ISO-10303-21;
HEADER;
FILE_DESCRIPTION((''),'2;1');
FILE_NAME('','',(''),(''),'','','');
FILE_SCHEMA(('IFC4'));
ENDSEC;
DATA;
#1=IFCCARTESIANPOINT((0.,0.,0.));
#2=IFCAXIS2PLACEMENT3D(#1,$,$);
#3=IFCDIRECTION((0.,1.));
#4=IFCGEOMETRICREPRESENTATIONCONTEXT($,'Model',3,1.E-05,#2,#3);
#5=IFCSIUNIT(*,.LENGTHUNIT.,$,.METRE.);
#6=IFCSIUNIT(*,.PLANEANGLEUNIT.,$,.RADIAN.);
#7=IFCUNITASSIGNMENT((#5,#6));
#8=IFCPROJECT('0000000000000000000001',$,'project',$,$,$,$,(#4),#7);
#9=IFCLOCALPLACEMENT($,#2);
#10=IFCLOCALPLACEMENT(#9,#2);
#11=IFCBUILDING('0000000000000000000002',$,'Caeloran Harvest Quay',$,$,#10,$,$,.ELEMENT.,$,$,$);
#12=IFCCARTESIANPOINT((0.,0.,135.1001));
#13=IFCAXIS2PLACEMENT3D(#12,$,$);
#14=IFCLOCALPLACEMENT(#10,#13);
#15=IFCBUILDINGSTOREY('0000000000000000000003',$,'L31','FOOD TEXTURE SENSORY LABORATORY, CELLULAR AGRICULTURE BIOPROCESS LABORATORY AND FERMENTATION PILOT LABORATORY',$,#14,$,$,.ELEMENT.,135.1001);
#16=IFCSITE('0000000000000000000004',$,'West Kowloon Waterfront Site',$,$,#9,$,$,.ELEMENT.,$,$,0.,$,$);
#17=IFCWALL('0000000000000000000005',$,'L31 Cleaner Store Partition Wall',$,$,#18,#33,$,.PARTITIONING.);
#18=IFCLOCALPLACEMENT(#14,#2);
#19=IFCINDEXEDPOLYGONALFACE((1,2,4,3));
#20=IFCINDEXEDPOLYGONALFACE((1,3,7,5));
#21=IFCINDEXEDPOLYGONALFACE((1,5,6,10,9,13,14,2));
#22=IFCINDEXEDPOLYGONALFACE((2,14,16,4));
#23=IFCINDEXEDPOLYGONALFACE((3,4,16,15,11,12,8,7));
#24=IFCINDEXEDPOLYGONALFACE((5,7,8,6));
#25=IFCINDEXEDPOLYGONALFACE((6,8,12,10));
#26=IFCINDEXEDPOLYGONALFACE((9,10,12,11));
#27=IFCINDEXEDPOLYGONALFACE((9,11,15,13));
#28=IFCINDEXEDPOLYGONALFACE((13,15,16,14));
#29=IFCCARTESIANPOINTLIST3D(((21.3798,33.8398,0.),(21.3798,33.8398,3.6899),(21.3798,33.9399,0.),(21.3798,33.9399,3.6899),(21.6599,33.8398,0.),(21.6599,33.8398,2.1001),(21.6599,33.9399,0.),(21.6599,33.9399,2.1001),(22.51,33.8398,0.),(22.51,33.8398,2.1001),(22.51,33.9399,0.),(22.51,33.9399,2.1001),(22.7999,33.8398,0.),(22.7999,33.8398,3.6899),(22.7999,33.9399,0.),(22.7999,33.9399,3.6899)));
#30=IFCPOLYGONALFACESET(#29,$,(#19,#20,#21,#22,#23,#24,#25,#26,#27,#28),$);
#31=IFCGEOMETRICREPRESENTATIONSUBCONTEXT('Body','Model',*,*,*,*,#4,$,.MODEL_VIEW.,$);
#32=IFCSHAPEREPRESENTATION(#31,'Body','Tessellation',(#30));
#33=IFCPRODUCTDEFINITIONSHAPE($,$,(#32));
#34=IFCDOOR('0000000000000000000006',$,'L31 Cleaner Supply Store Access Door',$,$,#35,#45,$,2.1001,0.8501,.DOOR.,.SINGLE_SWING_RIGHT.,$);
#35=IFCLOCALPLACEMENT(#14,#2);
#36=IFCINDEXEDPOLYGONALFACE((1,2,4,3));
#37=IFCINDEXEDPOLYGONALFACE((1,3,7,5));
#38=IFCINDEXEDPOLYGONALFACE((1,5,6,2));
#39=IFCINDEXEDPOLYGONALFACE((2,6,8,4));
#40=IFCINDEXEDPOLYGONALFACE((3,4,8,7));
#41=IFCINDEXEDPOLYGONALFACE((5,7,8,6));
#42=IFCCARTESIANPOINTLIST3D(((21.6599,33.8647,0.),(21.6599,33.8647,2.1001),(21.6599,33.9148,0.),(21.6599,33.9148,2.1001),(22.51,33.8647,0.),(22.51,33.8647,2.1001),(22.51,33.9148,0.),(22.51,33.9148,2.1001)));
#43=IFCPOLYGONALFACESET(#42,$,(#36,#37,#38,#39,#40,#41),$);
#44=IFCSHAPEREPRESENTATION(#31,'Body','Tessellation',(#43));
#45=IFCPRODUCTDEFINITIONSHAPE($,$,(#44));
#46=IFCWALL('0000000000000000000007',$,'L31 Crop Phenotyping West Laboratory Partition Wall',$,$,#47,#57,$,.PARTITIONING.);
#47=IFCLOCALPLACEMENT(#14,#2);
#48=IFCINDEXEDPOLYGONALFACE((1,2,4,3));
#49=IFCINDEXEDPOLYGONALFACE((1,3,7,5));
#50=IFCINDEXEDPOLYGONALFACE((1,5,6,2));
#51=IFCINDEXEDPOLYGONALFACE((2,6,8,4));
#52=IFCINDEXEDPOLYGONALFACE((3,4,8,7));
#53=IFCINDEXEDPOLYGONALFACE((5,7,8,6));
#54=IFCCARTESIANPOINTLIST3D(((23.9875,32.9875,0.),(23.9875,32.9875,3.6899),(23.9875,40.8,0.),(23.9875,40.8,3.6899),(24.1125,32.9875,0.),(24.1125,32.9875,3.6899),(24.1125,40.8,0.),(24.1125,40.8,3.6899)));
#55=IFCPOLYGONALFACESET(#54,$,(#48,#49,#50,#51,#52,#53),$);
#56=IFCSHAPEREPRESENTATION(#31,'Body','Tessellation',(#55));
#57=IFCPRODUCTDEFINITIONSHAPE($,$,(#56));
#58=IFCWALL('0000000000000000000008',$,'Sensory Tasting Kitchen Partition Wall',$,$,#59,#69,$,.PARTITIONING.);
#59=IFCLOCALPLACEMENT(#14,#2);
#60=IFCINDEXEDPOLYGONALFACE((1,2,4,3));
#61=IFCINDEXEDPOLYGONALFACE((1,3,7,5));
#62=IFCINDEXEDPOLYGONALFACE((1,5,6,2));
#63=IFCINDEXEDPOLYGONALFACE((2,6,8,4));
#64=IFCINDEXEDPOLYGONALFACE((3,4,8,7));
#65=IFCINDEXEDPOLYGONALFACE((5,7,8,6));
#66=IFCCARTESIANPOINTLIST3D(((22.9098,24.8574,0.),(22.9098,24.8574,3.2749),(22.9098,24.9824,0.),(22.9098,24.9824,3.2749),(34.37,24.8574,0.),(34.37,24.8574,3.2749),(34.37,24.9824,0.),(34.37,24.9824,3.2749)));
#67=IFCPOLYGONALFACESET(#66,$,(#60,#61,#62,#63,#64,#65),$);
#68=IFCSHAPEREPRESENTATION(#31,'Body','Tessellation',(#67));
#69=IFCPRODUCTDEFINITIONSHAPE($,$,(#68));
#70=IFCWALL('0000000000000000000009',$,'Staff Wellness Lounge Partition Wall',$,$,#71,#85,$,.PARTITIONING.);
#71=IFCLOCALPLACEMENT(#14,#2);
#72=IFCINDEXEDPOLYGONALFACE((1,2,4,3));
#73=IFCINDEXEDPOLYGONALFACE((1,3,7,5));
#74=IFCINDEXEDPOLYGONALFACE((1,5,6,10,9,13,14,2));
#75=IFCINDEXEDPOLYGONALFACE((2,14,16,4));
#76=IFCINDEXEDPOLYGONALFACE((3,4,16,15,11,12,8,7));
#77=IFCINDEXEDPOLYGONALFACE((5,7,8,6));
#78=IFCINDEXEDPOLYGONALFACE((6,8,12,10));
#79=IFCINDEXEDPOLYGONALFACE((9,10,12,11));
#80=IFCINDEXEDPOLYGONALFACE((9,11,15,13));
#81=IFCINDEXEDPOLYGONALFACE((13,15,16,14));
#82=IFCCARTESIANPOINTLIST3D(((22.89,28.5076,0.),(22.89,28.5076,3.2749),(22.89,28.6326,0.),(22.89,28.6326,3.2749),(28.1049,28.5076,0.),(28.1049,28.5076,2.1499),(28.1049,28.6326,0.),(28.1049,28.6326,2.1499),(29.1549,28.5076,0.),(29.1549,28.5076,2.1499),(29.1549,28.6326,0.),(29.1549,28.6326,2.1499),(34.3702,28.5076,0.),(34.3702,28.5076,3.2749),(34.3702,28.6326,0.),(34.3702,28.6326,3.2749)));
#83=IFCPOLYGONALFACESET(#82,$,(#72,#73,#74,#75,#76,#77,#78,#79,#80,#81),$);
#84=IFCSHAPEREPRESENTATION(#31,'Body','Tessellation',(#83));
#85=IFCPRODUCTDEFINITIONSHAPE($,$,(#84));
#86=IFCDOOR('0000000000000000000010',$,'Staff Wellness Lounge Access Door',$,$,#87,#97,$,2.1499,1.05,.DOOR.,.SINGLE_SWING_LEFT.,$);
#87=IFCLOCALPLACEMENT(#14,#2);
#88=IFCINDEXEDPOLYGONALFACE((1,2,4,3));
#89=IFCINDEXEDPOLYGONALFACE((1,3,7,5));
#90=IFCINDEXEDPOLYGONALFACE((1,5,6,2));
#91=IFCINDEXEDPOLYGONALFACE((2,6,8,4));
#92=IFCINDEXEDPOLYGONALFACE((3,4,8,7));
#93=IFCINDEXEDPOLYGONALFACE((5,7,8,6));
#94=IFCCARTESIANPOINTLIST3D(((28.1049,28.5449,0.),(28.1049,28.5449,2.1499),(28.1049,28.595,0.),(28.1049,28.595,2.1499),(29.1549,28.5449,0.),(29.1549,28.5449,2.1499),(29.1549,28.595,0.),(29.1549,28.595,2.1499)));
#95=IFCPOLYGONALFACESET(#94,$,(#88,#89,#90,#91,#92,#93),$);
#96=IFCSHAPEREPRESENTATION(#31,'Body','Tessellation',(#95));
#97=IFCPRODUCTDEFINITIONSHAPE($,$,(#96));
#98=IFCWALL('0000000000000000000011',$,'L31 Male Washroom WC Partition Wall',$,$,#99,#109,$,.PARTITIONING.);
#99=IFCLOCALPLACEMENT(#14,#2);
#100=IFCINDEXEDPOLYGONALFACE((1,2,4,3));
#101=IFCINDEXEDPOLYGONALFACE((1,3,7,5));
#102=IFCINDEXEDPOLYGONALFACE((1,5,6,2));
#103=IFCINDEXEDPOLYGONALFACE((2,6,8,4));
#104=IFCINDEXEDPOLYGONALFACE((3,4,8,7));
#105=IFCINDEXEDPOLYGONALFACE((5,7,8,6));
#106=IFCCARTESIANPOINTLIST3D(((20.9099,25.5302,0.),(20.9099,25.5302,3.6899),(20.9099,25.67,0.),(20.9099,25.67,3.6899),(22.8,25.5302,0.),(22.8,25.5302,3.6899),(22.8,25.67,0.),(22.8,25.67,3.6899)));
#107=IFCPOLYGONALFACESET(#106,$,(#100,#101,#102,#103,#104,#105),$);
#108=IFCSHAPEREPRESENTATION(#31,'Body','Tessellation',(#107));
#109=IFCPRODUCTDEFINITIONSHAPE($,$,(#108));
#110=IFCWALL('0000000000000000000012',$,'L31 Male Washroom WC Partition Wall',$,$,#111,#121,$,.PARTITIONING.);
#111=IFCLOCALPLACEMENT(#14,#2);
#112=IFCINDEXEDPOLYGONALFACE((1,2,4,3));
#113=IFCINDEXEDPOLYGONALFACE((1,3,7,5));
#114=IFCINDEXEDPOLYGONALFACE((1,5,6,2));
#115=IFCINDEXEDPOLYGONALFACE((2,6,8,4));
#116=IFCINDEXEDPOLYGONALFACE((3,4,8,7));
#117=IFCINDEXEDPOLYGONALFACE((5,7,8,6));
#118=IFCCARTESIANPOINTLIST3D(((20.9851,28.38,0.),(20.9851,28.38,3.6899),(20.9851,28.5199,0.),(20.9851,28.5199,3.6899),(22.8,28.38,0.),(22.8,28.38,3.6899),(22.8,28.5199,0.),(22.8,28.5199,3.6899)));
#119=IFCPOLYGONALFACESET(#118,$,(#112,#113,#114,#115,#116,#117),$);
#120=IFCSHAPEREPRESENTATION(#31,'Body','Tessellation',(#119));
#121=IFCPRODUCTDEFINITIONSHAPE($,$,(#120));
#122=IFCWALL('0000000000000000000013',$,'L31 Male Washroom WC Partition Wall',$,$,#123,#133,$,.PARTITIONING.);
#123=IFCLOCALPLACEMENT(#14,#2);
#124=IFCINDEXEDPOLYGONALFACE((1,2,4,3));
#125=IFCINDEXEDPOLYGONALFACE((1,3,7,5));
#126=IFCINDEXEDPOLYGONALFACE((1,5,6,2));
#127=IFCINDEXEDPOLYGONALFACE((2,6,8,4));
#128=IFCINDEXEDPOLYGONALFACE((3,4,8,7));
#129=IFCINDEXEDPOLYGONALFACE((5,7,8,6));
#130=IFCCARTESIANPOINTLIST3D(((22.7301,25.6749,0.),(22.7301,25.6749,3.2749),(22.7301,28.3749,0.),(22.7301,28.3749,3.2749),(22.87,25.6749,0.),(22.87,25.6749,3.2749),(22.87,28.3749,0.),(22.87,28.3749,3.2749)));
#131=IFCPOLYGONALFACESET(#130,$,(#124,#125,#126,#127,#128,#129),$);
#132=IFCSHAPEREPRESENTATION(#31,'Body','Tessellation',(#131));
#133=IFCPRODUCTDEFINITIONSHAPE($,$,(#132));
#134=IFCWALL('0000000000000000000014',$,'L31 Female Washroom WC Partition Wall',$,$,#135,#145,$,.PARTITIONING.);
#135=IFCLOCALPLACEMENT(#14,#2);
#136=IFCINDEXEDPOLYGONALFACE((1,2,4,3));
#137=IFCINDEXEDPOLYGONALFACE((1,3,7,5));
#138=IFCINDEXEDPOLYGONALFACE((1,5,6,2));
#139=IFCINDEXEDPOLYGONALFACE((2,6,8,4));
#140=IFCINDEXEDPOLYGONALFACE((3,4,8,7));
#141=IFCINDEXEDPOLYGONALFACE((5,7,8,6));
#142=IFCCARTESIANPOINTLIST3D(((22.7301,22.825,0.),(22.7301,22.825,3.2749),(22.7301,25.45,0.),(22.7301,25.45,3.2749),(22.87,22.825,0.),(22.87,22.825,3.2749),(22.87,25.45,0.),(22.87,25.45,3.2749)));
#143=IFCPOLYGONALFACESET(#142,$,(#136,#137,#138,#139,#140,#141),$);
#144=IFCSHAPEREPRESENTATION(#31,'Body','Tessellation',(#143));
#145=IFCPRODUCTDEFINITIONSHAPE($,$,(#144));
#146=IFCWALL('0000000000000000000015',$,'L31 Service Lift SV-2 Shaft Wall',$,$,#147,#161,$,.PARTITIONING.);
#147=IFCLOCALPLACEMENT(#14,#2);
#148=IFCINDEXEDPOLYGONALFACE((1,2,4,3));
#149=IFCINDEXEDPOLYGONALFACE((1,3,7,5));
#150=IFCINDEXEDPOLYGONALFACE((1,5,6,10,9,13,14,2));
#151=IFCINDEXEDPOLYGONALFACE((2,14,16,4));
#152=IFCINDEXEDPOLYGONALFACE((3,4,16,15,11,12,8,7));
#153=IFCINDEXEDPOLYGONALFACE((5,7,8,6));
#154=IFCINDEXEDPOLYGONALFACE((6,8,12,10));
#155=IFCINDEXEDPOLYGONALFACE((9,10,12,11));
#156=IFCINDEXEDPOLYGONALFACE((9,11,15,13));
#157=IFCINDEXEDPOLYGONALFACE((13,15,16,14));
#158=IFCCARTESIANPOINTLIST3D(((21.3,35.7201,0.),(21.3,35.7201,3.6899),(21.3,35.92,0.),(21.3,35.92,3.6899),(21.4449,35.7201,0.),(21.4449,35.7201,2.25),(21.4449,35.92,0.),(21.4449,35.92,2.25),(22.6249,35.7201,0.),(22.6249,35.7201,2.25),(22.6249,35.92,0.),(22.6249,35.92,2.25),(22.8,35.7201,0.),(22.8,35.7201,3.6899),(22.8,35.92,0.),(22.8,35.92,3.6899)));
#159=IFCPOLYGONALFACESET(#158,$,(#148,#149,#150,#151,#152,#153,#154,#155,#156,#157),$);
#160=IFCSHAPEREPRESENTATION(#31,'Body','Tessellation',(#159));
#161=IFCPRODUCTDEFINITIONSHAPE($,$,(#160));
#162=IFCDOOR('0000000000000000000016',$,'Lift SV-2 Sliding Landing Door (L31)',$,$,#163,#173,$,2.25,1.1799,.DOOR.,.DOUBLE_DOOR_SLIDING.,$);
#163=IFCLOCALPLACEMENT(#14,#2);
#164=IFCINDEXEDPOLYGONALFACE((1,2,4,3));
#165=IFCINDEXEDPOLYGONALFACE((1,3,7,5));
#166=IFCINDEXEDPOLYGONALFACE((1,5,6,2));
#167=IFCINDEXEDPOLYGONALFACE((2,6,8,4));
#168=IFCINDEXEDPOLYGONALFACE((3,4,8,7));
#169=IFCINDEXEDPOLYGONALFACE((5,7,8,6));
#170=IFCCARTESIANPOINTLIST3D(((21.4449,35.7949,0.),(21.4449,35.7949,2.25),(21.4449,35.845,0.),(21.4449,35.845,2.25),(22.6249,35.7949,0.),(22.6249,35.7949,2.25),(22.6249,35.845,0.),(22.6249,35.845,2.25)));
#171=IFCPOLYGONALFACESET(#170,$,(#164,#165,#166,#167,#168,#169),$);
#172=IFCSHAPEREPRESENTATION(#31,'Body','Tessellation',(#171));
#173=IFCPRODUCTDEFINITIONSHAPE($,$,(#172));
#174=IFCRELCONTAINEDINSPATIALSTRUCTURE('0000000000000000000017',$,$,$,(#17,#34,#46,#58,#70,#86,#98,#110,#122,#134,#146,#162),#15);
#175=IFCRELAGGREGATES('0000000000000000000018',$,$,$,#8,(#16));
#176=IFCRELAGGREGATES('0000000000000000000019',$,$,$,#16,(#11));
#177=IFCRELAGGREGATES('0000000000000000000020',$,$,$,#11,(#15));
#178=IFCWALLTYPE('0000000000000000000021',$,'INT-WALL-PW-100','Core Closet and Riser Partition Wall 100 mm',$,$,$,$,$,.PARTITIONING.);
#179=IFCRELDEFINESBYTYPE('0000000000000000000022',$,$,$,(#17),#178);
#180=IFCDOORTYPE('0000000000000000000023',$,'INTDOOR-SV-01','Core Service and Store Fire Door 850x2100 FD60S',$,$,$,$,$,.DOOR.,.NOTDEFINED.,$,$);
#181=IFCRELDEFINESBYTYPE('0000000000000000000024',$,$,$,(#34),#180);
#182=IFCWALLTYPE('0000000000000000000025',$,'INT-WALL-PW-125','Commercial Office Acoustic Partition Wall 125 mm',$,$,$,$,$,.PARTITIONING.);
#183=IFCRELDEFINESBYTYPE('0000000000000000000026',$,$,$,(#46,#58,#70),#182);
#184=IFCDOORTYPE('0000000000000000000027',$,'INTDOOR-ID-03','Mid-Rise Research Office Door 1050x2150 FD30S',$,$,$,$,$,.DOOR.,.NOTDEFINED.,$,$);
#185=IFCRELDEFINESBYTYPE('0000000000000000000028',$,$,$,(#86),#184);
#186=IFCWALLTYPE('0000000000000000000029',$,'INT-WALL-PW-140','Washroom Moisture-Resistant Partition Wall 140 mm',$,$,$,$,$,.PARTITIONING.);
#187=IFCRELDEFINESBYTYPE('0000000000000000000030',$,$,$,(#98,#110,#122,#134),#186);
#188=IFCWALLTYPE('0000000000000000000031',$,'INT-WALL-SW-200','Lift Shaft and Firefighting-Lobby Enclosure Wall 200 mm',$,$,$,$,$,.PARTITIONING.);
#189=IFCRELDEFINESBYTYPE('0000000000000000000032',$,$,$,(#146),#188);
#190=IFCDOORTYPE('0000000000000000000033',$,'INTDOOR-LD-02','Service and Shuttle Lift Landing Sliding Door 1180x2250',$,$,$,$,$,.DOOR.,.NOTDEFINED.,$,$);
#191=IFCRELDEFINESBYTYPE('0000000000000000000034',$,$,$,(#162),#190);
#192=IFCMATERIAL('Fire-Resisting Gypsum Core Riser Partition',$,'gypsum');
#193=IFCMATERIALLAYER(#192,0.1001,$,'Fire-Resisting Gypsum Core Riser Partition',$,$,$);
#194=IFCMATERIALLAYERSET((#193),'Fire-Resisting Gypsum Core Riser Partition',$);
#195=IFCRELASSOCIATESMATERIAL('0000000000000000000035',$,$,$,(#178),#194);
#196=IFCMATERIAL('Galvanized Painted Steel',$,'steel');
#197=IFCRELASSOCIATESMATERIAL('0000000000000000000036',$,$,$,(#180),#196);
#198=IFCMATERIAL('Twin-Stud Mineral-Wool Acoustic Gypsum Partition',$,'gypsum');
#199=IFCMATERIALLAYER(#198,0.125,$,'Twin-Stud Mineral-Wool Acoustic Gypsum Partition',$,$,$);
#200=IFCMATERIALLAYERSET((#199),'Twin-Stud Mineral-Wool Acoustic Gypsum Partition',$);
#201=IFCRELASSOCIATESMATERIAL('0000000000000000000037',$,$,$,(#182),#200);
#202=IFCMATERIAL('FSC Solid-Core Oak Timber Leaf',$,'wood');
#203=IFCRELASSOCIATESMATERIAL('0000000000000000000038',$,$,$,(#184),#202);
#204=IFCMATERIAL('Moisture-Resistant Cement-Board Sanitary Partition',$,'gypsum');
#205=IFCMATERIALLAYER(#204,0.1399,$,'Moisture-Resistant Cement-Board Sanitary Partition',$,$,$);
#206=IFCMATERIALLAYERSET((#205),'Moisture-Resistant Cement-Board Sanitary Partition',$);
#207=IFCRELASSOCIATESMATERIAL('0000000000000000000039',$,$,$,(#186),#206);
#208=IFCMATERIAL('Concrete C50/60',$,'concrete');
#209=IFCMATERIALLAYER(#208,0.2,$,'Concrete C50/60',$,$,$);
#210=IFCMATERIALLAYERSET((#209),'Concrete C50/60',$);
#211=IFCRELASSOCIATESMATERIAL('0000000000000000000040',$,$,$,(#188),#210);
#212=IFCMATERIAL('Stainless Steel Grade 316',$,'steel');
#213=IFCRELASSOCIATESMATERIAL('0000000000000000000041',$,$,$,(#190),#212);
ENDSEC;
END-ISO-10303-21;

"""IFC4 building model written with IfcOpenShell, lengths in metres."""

from ifc_helpers import new_model, si_unit, direction, frame, frame_2d, origin, place, context, subcontext, project, spatial, rectangle, extrude, material, layer, layer_set, type_object, element, fill, save


model = new_model("IFC4")

# Units and contexts
model_context = context("Model", 3, precision=1e-05, world=origin(), true_north=direction((0.0, 1.0)))
body_context = subcontext(model_context, "Body", "Model", "MODEL_VIEW")
ifc_project = project(units=[si_unit("LENGTHUNIT", "METRE"), si_unit("PLANEANGLEUNIT", "RADIAN")], contexts=[model_context])

# Site, building, storey
site_placement = place(None, origin())
site = spatial("IfcSite", under=ifc_project, at=site_placement, Name="West Kowloon Waterfront Site", CompositionType="ELEMENT", RefElevation=0.0)
building_placement = place(site_placement, origin())
building = spatial("IfcBuilding", under=site, at=building_placement, Name="Caeloran Harvest Quay", CompositionType="ELEMENT")
storey_placement = place(building_placement, frame((0.0, 0.0, 135.1001)))
storey = spatial("IfcBuildingStorey", under=building, at=storey_placement, Name="L31", Description="FOOD TEXTURE SENSORY LABORATORY, CELLULAR AGRICULTURE BIOPROCESS LABORATORY AND FERMENTATION PILOT LABORATORY", CompositionType="ELEMENT", Elevation=135.1001)

# Wall, opening, door
ifc_material_1 = material(Name="Fire-Resisting Gypsum Core Riser Partition", Category="gypsum")
ifc_layer_1 = layer(ifc_material_1, 0.1001, Name="Fire-Resisting Gypsum Core Riser Partition")
ifc_layer_set_1 = layer_set([ifc_layer_1], Name="Fire-Resisting Gypsum Core Riser Partition")
wall_type_1 = type_object("IfcWallType", Name="INT-WALL-PW-100", Description="Core Closet and Riser Partition Wall 100 mm", PredefinedType="PARTITIONING", material=ifc_layer_set_1)
wall_1_placement = place(storey_placement, frame((21.3799, 33.8899, 0.0), z_axis=(0.0, 0.0, 1.0), x_axis=(1.0, 0.0, 0.0)))
wall_1 = element("IfcWall", 1, at=wall_1_placement, inside=storey, type_object=wall_type_1, Name="L31 Cleaner Store Partition Wall", PredefinedType="PARTITIONING", context=body_context, shape_type="SweptSolid", body=[
    extrude(rectangle(XDim=1.4202, YDim=0.1001, at=frame_2d((0.71, 0.0))), origin(), (0.0, 0.0, 1.0), 3.6899),
])
opening_1_placement = place(wall_1_placement, frame((0.28, 0.0, 0.0)))
opening_1 = element("IfcOpeningElement", 2, at=opening_1_placement, cuts=wall_1, PredefinedType="OPENING", context=body_context, shape_type="SweptSolid", body=[
    extrude(rectangle(XDim=0.8501, YDim=2.1001, at=frame_2d((0.425, 1.05))), frame((0.0, 0.0601, 0.0), z_axis=(0.0, -1.0, 0.0), x_axis=(1.0, 0.0, 0.0)), (0.0, 0.0, 1.0), 0.1201),
])
ifc_material_2 = material(Name="Galvanized Painted Steel", Category="steel")
door_type_1 = type_object("IfcDoorType", Name="INTDOOR-SV-01", Description="Core Service and Store Fire Door 850x2100 FD60S", OperationType="NOTDEFINED", PredefinedType="DOOR", material=ifc_material_2)
door_1_placement = place(opening_1_placement, origin())
door_1 = element("IfcDoor", 3, at=door_1_placement, inside=storey, type_object=door_type_1, Name="L31 Cleaner Supply Store Access Door", OperationType="SINGLE_SWING_RIGHT", OverallHeight=2.1001, OverallWidth=0.8501, PredefinedType="DOOR", context=body_context, shape_type="SweptSolid", body=[
    extrude(rectangle(XDim=0.8501, YDim=2.1001, at=frame_2d((0.425, 1.05))), frame((0.0, 0.0249, 0.0), z_axis=(0.0, -1.0, 0.0), x_axis=(1.0, 0.0, 0.0)), (0.0, 0.0, 1.0), 0.05),
])
fill(opening_1, door_1)

# Walls
ifc_material_3 = material(Name="Twin-Stud Mineral-Wool Acoustic Gypsum Partition", Category="gypsum")
ifc_layer_2 = layer(ifc_material_3, 0.125, Name="Twin-Stud Mineral-Wool Acoustic Gypsum Partition")
ifc_layer_set_2 = layer_set([ifc_layer_2], Name="Twin-Stud Mineral-Wool Acoustic Gypsum Partition")
wall_type_2 = type_object("IfcWallType", Name="INT-WALL-PW-125", Description="Commercial Office Acoustic Partition Wall 125 mm", PredefinedType="PARTITIONING", material=ifc_layer_set_2)
wall_2_placement = place(storey_placement, frame((24.05, 32.9875, 0.0), z_axis=(0.0, 0.0, 1.0), x_axis=(0.0, 1.0, 0.0)))
element("IfcWall", 4, at=wall_2_placement, inside=storey, type_object=wall_type_2, Name="L31 Crop Phenotyping West Laboratory Partition Wall", PredefinedType="PARTITIONING", context=body_context, shape_type="SweptSolid", body=[
    extrude(rectangle(XDim=7.8125, YDim=0.125, at=frame_2d((3.9062, 0.0))), origin(), (0.0, 0.0, 1.0), 3.6899),
])
wall_3_placement = place(storey_placement, frame((22.9099, 24.9199, 0.0), z_axis=(0.0, 0.0, 1.0), x_axis=(1.0, 0.0, 0.0)))
element("IfcWall", 5, at=wall_3_placement, inside=storey, type_object=wall_type_2, Name="Sensory Tasting Kitchen Partition Wall", PredefinedType="PARTITIONING", context=body_context, shape_type="SweptSolid", body=[
    extrude(rectangle(XDim=11.4602, YDim=0.125, at=frame_2d((5.73, 0.0))), origin(), (0.0, 0.0, 1.0), 3.2749),
])

# Wall, opening, door
wall_4_placement = place(storey_placement, frame((22.8899, 28.5701, 0.0), z_axis=(0.0, 0.0, 1.0), x_axis=(1.0, 0.0, 0.0)))
wall_4 = element("IfcWall", 6, at=wall_4_placement, inside=storey, type_object=wall_type_2, Name="Staff Wellness Lounge Partition Wall", PredefinedType="PARTITIONING", context=body_context, shape_type="SweptSolid", body=[
    extrude(rectangle(XDim=11.4802, YDim=0.125, at=frame_2d((5.7402, 0.0))), origin(), (0.0, 0.0, 1.0), 3.2749),
])
opening_2_placement = place(wall_4_placement, frame((5.2151, 0.0, 0.0)))
opening_2 = element("IfcOpeningElement", 7, at=opening_2_placement, cuts=wall_4, PredefinedType="OPENING", context=body_context, shape_type="SweptSolid", body=[
    extrude(rectangle(XDim=1.05, YDim=2.1499, at=frame_2d((0.5249, 1.075))), frame((0.0, 0.0725, 0.0), z_axis=(0.0, -1.0, 0.0), x_axis=(1.0, 0.0, 0.0)), (0.0, 0.0, 1.0), 0.145),
])
ifc_material_4 = material(Name="FSC Solid-Core Oak Timber Leaf", Category="wood")
door_type_2 = type_object("IfcDoorType", Name="INTDOOR-ID-03", Description="Mid-Rise Research Office Door 1050x2150 FD30S", OperationType="NOTDEFINED", PredefinedType="DOOR", material=ifc_material_4)
door_2_placement = place(opening_2_placement, origin())
door_2 = element("IfcDoor", 8, at=door_2_placement, inside=storey, type_object=door_type_2, Name="Staff Wellness Lounge Access Door", OperationType="SINGLE_SWING_LEFT", OverallHeight=2.1499, OverallWidth=1.05, PredefinedType="DOOR", context=body_context, shape_type="SweptSolid", body=[
    extrude(rectangle(XDim=1.05, YDim=2.1499, at=frame_2d((0.5249, 1.075))), frame((0.0, 0.0249, 0.0), z_axis=(0.0, -1.0, 0.0), x_axis=(1.0, 0.0, 0.0)), (0.0, 0.0, 1.0), 0.05),
])
fill(opening_2, door_2)

# Wall
ifc_material_5 = material(Name="Moisture-Resistant Cement-Board Sanitary Partition", Category="gypsum")
ifc_layer_3 = layer(ifc_material_5, 0.1399, Name="Moisture-Resistant Cement-Board Sanitary Partition")
ifc_layer_set_3 = layer_set([ifc_layer_3], Name="Moisture-Resistant Cement-Board Sanitary Partition")
wall_type_3 = type_object("IfcWallType", Name="INT-WALL-PW-140", Description="Washroom Moisture-Resistant Partition Wall 140 mm", PredefinedType="PARTITIONING", material=ifc_layer_set_3)
wall_5_placement = place(storey_placement, frame((22.8, 25.6001, 0.0), z_axis=(0.0, 0.0, 1.0), x_axis=(-1.0, 0.0, 0.0)))
element("IfcWall", 9, at=wall_5_placement, inside=storey, type_object=wall_type_3, Name="L31 Male Washroom WC Partition Wall", PredefinedType="PARTITIONING", context=body_context, shape_type="SweptSolid", body=[
    extrude(rectangle(XDim=1.8901, YDim=0.1399, at=frame_2d((0.9451, 0.0))), origin(), (0.0, 0.0, 1.0), 3.6899),
])

# Walls
wall_6_placement = place(storey_placement, frame((20.9851, 28.45, 0.0), z_axis=(0.0, 0.0, 1.0), x_axis=(1.0, 0.0, 0.0)))
element("IfcWall", 10, at=wall_6_placement, inside=storey, type_object=wall_type_3, Name="L31 Male Washroom WC Partition Wall", PredefinedType="PARTITIONING", context=body_context, shape_type="SweptSolid", body=[
    extrude(rectangle(XDim=1.8149, YDim=0.1399, at=frame_2d((0.9075, 0.0))), origin(), (0.0, 0.0, 1.0), 3.6899),
])
wall_7_placement = place(storey_placement, frame((22.8, 28.375, 0.0), z_axis=(0.0, 0.0, 1.0), x_axis=(0.0, -1.0, 0.0)))
element("IfcWall", 11, at=wall_7_placement, inside=storey, type_object=wall_type_3, Name="L31 Male Washroom WC Partition Wall", PredefinedType="PARTITIONING", context=body_context, shape_type="SweptSolid", body=[
    extrude(rectangle(XDim=2.7, YDim=0.1399, at=frame_2d((1.3501, 0.0))), origin(), (0.0, 0.0, 1.0), 3.2749),
])
wall_8_placement = place(storey_placement, frame((22.8, 25.45, 0.0), z_axis=(0.0, 0.0, 1.0), x_axis=(0.0, -1.0, 0.0)))
element("IfcWall", 12, at=wall_8_placement, inside=storey, type_object=wall_type_3, Name="L31 Female Washroom WC Partition Wall", PredefinedType="PARTITIONING", context=body_context, shape_type="SweptSolid", body=[
    extrude(rectangle(XDim=2.625, YDim=0.1399, at=frame_2d((1.3125, 0.0))), origin(), (0.0, 0.0, 1.0), 3.2749),
])

# Wall, opening, door
ifc_material_6 = material(Name="Concrete C50/60", Category="concrete")
ifc_layer_4 = layer(ifc_material_6, 0.2, Name="Concrete C50/60")
ifc_layer_set_4 = layer_set([ifc_layer_4], Name="Concrete C50/60")
wall_type_4 = type_object("IfcWallType", Name="INT-WALL-SW-200", Description="Lift Shaft and Firefighting-Lobby Enclosure Wall 200 mm", PredefinedType="PARTITIONING", material=ifc_layer_set_4)
wall_9_placement = place(storey_placement, frame((21.3, 35.8201, 0.0), z_axis=(0.0, 0.0, 1.0), x_axis=(1.0, 0.0, 0.0)))
wall_9 = element("IfcWall", 13, at=wall_9_placement, inside=storey, type_object=wall_type_4, Name="L31 Service Lift SV-2 Shaft Wall", PredefinedType="PARTITIONING", context=body_context, shape_type="SweptSolid", body=[
    extrude(rectangle(XDim=1.5, YDim=0.2, at=frame_2d((0.75, 0.0))), origin(), (0.0, 0.0, 1.0), 3.6899),
])
opening_3_placement = place(wall_9_placement, frame((0.145, 0.0, 0.0)))
opening_3 = element("IfcOpeningElement", 14, at=opening_3_placement, cuts=wall_9, PredefinedType="OPENING", context=body_context, shape_type="SweptSolid", body=[
    extrude(rectangle(XDim=1.1799, YDim=2.25, at=frame_2d((0.5898, 1.125))), frame((0.0, 0.1099, 0.0), z_axis=(0.0, -1.0, 0.0), x_axis=(1.0, 0.0, 0.0)), (0.0, 0.0, 1.0), 0.22),
])
ifc_material_7 = material(Name="Stainless Steel Grade 316", Category="steel")
door_type_3 = type_object("IfcDoorType", Name="INTDOOR-LD-02", Description="Service and Shuttle Lift Landing Sliding Door 1180x2250", OperationType="NOTDEFINED", PredefinedType="DOOR", material=ifc_material_7)
door_3_placement = place(opening_3_placement, origin())
door_3 = element("IfcDoor", 15, at=door_3_placement, inside=storey, type_object=door_type_3, Name="Lift SV-2 Sliding Landing Door (L31)", OperationType="DOUBLE_DOOR_SLIDING", OverallHeight=2.25, OverallWidth=1.1799, PredefinedType="DOOR", context=body_context, shape_type="SweptSolid", body=[
    extrude(rectangle(XDim=1.1799, YDim=2.25, at=frame_2d((0.5898, 1.125))), frame((0.0, 0.0249, 0.0), z_axis=(0.0, -1.0, 0.0), x_axis=(1.0, 0.0, 0.0)), (0.0, 0.0, 1.0), 0.05),
])
fill(opening_3, door_3)

save(model, "model.ifc")
